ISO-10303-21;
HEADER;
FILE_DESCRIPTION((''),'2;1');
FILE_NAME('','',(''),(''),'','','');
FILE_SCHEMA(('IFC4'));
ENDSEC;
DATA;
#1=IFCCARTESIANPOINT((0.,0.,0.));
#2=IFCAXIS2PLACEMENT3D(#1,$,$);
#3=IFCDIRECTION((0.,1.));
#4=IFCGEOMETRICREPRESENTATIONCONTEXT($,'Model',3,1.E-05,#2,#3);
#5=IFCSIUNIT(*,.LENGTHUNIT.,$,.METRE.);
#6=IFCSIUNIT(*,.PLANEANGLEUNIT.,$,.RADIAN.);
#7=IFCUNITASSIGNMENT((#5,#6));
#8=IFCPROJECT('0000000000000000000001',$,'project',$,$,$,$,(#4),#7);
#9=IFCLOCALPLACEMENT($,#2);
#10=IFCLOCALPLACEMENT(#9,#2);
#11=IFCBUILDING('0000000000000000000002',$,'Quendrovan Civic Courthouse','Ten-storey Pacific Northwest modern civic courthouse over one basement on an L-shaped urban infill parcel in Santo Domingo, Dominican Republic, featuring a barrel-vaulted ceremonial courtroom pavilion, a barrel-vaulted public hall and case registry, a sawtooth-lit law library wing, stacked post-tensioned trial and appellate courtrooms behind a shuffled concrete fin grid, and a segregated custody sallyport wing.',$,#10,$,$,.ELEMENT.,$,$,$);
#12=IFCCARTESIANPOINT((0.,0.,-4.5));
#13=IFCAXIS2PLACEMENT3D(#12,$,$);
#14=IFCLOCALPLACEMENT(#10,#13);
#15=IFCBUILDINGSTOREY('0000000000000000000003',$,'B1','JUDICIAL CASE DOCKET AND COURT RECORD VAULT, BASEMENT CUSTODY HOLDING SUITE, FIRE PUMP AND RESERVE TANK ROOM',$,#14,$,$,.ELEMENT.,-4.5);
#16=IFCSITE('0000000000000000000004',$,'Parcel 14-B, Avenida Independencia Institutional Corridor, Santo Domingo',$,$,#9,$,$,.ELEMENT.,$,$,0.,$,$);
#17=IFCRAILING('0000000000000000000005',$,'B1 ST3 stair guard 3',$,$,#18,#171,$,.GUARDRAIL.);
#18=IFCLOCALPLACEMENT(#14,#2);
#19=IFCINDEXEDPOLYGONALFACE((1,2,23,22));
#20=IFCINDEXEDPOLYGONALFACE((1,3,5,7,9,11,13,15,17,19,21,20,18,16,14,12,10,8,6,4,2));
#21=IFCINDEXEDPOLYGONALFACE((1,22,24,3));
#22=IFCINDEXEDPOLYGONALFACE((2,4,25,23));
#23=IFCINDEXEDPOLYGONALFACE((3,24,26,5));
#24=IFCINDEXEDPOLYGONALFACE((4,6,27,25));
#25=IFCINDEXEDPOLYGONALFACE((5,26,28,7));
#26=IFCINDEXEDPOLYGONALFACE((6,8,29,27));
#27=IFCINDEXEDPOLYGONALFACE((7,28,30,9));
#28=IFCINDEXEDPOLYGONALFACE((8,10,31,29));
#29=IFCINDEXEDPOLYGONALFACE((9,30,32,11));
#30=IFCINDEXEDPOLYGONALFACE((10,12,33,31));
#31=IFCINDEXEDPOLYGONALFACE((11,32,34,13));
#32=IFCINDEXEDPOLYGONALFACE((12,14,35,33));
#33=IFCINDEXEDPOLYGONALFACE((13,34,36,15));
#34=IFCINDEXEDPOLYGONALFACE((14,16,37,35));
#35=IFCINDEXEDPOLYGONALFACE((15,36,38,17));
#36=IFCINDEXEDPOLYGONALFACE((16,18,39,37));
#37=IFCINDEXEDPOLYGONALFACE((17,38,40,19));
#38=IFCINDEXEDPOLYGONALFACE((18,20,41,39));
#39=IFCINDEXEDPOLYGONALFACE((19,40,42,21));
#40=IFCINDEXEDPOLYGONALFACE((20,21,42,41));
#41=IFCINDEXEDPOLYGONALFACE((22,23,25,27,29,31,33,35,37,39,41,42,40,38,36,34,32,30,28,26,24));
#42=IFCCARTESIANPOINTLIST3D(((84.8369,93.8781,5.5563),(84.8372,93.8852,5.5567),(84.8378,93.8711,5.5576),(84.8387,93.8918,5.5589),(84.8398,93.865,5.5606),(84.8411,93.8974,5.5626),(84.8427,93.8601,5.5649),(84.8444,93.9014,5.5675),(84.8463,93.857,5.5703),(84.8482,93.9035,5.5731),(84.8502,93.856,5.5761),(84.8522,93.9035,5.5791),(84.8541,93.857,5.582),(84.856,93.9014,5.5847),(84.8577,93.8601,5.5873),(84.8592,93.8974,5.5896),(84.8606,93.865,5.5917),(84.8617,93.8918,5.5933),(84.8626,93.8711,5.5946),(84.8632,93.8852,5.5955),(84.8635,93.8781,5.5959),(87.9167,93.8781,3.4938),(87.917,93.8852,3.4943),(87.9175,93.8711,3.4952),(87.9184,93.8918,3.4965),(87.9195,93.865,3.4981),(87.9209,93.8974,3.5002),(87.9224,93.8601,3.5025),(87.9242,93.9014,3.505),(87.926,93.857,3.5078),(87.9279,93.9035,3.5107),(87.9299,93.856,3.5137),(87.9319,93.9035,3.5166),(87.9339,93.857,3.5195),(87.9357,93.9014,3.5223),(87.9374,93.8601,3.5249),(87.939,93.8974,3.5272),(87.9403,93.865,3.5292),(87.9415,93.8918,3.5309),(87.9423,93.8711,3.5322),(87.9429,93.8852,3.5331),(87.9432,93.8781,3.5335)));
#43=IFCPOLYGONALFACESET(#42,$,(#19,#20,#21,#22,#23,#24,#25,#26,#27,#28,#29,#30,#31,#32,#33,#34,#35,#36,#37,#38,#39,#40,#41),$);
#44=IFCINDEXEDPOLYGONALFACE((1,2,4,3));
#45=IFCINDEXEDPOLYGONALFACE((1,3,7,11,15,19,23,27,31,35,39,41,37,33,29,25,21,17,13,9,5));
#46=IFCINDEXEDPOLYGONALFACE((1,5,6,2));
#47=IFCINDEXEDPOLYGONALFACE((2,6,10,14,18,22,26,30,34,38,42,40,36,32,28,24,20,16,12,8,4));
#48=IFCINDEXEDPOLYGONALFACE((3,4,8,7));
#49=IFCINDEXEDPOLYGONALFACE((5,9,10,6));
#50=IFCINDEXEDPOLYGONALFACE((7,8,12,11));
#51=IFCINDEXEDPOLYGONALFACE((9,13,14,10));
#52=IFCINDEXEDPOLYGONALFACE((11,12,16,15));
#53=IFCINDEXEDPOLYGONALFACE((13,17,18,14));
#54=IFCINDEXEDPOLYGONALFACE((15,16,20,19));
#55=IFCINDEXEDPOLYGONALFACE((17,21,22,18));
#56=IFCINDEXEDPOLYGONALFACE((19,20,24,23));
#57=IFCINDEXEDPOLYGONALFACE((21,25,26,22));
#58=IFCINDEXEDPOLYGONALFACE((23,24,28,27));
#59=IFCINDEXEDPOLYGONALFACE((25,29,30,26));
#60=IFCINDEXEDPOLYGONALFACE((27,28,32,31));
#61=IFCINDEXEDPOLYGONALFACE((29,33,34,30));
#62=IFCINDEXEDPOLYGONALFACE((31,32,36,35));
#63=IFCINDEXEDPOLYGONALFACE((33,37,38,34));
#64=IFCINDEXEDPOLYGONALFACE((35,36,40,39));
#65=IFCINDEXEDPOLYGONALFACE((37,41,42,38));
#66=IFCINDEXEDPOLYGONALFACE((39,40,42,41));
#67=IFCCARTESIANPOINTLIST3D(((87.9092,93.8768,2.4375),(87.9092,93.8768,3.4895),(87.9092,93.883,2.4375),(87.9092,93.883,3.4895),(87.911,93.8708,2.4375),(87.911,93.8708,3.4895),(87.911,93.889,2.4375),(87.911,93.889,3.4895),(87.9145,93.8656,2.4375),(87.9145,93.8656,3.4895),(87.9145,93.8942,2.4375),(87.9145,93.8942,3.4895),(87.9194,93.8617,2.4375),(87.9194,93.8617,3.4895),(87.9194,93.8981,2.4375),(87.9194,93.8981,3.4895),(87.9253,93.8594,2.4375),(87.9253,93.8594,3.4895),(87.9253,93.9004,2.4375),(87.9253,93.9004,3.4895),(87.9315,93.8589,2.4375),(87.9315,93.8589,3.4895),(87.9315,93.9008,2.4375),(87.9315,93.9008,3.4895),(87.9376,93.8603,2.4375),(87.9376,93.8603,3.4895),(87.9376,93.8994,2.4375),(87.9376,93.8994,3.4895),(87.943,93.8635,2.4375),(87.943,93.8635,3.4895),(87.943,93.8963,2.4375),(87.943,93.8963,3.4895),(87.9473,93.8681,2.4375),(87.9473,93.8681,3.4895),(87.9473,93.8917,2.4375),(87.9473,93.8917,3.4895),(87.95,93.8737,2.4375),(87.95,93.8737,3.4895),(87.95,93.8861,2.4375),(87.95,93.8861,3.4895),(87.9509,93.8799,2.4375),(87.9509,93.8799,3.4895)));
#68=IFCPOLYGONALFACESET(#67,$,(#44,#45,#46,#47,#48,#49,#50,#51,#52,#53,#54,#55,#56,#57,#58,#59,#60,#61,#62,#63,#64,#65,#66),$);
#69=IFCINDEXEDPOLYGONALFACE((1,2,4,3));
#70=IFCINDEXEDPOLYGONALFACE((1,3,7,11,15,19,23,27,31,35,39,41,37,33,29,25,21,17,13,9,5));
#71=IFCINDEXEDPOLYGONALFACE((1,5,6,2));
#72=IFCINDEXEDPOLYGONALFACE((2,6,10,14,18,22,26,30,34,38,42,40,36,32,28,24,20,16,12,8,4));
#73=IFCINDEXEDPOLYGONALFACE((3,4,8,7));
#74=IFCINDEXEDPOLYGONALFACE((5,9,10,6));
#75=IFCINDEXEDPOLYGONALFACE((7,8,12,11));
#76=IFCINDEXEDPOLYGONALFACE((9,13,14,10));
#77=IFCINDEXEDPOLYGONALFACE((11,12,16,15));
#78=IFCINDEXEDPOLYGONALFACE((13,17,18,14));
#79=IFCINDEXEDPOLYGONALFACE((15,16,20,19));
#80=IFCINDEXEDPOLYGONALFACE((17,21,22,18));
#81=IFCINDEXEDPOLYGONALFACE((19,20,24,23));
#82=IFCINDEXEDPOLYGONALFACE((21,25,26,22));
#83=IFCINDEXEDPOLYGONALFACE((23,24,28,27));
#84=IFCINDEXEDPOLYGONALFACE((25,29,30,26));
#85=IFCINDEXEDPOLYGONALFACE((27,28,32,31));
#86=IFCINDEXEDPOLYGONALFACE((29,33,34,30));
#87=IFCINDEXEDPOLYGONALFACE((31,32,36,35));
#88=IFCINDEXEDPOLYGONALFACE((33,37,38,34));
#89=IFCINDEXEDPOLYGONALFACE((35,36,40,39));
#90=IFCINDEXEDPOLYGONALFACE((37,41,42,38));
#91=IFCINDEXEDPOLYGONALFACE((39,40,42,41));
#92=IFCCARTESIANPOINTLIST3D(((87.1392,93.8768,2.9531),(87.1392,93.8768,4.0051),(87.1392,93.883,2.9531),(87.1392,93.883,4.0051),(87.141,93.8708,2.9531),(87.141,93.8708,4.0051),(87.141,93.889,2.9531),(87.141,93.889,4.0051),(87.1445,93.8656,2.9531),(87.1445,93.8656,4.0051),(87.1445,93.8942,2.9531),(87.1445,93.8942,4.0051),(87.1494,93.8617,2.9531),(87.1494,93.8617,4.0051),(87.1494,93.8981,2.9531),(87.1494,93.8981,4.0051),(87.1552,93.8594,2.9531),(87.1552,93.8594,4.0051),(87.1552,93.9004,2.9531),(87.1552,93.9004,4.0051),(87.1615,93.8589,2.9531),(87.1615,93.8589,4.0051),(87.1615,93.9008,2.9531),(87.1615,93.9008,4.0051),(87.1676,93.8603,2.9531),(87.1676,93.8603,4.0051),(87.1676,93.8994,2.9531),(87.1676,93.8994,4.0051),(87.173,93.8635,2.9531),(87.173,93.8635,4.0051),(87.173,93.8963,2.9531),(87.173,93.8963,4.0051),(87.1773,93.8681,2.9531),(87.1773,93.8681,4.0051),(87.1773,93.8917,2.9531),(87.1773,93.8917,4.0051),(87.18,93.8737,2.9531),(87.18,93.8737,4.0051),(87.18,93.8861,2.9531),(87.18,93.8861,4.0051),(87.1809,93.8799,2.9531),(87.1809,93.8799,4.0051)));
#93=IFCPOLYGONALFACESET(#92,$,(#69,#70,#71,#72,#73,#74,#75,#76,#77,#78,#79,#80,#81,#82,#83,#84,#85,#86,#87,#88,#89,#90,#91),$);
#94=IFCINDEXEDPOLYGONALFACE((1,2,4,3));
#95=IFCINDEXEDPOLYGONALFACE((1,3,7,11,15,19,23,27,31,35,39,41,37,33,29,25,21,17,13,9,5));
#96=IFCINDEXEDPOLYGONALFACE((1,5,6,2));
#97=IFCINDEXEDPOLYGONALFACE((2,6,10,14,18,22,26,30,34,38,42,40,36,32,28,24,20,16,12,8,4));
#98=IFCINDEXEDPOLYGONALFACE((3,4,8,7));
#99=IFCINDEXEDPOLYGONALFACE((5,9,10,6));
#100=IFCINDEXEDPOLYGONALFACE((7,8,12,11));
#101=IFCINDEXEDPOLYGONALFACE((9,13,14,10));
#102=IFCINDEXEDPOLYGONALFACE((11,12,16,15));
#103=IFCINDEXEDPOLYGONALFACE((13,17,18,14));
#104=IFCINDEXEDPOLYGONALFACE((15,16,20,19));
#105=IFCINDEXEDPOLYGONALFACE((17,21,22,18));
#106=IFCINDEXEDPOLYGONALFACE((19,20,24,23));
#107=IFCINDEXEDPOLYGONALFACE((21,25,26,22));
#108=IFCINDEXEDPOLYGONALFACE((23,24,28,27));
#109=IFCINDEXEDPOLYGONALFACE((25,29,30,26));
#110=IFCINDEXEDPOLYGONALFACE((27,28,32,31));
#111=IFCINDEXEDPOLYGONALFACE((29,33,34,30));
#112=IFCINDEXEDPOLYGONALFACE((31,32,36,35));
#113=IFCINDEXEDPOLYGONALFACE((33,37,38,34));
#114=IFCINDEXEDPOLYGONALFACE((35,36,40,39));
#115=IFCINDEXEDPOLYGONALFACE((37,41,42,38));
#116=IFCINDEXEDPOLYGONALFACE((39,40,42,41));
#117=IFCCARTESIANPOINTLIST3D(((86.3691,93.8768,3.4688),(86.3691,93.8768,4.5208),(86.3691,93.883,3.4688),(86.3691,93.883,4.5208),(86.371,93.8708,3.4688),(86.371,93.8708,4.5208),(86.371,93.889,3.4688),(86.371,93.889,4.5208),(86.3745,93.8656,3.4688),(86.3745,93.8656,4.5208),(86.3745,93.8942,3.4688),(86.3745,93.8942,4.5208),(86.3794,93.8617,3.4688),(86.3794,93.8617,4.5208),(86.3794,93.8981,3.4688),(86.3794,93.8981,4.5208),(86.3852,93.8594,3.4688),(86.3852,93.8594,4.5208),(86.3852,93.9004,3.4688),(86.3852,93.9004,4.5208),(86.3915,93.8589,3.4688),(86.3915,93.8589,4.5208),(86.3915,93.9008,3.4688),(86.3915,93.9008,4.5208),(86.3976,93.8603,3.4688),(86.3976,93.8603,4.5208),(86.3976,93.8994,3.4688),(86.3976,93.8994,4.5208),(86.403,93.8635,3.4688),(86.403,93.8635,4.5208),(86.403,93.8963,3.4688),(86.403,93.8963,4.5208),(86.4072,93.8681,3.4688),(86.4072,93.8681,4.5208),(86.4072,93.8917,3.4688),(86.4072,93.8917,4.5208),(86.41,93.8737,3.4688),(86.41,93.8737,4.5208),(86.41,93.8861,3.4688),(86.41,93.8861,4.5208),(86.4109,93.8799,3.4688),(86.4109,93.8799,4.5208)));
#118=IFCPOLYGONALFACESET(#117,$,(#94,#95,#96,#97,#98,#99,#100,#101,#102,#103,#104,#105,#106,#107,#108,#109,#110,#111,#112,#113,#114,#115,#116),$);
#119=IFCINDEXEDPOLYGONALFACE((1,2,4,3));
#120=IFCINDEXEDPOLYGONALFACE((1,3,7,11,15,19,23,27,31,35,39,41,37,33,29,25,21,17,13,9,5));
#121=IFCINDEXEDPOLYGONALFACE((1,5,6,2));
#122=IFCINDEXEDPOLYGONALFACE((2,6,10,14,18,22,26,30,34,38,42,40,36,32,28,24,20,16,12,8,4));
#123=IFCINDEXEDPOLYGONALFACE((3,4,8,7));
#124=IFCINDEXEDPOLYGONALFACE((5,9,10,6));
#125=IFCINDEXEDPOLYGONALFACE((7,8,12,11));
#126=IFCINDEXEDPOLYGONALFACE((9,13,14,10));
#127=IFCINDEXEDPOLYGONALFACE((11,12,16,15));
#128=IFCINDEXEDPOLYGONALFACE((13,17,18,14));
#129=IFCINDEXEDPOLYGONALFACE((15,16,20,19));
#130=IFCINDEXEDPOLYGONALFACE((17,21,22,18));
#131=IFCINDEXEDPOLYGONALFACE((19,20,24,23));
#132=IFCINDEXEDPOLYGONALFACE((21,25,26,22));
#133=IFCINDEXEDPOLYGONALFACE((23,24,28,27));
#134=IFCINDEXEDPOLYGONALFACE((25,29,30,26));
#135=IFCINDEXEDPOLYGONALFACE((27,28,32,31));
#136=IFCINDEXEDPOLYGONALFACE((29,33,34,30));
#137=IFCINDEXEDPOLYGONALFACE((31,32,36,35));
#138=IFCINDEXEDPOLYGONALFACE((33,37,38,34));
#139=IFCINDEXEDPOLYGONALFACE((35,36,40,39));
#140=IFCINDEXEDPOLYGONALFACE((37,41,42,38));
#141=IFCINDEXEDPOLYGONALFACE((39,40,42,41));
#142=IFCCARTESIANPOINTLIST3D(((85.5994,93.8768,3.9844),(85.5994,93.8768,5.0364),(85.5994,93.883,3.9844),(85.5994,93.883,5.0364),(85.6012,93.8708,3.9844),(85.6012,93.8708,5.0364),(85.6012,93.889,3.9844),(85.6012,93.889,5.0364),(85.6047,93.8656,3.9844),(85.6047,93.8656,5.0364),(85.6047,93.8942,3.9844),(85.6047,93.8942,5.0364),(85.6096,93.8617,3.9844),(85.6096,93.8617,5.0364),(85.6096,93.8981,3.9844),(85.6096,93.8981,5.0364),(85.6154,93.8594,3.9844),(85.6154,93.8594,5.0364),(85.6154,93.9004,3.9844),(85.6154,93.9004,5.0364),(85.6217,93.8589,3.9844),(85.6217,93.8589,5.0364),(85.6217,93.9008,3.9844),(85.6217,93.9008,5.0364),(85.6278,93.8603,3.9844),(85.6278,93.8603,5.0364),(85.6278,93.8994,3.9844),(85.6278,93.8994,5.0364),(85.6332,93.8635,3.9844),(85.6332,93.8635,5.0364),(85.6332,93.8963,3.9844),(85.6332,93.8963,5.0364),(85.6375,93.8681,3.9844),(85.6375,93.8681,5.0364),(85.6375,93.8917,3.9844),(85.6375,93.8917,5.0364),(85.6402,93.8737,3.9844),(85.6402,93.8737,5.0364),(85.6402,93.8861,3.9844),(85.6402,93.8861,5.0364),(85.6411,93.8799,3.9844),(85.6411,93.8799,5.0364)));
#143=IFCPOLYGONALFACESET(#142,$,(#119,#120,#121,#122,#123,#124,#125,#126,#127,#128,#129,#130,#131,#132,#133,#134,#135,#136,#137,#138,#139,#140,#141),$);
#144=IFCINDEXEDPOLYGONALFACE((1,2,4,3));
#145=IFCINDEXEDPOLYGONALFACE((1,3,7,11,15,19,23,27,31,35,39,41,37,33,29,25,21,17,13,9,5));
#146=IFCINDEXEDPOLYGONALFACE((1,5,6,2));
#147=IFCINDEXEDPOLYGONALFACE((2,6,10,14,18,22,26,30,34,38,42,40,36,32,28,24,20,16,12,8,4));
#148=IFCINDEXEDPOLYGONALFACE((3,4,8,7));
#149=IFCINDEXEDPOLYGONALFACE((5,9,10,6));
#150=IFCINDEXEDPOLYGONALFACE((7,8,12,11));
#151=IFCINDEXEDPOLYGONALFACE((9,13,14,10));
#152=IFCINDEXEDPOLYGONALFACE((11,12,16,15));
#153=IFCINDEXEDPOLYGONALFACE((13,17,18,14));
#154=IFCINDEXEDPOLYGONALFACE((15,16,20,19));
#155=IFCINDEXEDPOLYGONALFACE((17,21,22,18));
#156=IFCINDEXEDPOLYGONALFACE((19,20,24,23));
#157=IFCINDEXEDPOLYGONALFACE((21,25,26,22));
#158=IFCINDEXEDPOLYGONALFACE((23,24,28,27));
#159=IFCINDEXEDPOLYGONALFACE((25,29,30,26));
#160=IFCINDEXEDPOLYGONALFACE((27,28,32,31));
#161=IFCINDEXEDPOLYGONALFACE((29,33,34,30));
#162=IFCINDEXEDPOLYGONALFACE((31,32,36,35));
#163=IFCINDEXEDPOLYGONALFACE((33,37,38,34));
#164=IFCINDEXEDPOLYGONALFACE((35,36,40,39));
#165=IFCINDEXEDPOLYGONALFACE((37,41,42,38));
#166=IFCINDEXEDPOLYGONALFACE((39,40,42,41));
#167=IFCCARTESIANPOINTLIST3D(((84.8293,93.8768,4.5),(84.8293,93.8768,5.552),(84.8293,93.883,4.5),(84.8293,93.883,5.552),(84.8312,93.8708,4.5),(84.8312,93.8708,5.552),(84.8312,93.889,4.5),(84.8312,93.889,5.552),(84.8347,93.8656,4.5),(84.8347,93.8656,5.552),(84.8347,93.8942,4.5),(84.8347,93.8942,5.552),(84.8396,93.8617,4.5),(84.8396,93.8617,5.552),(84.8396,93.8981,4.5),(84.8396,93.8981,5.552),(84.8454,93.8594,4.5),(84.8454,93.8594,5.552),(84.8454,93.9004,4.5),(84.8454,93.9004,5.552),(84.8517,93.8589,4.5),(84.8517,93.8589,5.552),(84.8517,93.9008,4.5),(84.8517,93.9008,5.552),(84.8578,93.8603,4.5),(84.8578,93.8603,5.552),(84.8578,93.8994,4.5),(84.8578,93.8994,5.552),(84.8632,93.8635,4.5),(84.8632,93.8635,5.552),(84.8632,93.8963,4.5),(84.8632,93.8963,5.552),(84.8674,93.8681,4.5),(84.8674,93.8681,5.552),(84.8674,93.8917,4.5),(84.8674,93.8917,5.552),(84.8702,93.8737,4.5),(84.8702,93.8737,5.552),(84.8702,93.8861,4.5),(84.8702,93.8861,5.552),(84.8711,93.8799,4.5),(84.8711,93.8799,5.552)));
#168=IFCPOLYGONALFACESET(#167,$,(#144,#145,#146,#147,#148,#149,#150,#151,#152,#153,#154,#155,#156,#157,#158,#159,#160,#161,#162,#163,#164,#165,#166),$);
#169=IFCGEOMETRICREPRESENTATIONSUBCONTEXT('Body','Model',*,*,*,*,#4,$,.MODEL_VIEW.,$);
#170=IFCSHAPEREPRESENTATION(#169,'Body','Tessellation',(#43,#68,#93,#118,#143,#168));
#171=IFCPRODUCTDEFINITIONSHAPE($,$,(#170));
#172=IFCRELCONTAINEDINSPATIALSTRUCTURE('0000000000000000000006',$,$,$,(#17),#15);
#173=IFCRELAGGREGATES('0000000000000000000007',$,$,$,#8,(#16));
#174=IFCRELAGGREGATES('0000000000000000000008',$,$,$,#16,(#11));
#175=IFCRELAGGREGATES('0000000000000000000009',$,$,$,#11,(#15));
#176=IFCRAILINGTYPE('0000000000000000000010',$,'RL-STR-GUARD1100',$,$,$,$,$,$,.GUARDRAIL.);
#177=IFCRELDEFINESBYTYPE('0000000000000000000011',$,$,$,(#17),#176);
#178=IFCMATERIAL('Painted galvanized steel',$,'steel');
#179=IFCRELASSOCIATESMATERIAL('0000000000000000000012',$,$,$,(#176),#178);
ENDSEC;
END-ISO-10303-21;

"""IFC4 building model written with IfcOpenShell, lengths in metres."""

from ifc_helpers import new_model, si_unit, direction, frame, origin, origin_2d, place, context, subcontext, project, spatial, circle, extrude, material, type_object, element, save


model = new_model("IFC4")

# Units and contexts
model_context = context("Model", 3, precision=1e-05, world=origin(), true_north=direction((0.0, 1.0)))
body_context = subcontext(model_context, "Body", "Model", "MODEL_VIEW")
ifc_project = project(units=[si_unit("LENGTHUNIT", "METRE"), si_unit("PLANEANGLEUNIT", "RADIAN")], contexts=[model_context])

# Site, building, storey
site_placement = place(None, origin())
site = spatial("IfcSite", under=ifc_project, at=site_placement, Name="Parcel 14-B, Avenida Independencia Institutional Corridor, Santo Domingo", CompositionType="ELEMENT", RefElevation=0.0)
building_placement = place(site_placement, origin())
building = spatial("IfcBuilding", under=site, at=building_placement, Name="Quendrovan Civic Courthouse", Description="Ten-storey Pacific Northwest modern civic courthouse over one basement on an L-shaped urban infill parcel in Santo Domingo, Dominican Republic, featuring a barrel-vaulted ceremonial courtroom pavilion, a barrel-vaulted public hall and case registry, a sawtooth-lit law library wing, stacked post-tensioned trial and appellate courtrooms behind a shuffled concrete fin grid, and a segregated custody sallyport wing.", CompositionType="ELEMENT")
storey_placement = place(building_placement, frame((0.0, 0.0, -4.5)))
storey = spatial("IfcBuildingStorey", under=building, at=storey_placement, Name="B1", Description="JUDICIAL CASE DOCKET AND COURT RECORD VAULT, BASEMENT CUSTODY HOLDING SUITE, FIRE PUMP AND RESERVE TANK ROOM", CompositionType="ELEMENT", Elevation=-4.5)

# Railing
ifc_material_1 = material(Name="Painted galvanized steel", Category="steel")
railing_type_1 = type_object("IfcRailingType", Name="RL-STR-GUARD1100", PredefinedType="GUARDRAIL", material=ifc_material_1)
railing_1_placement = place(storey_placement, frame((87.9299, 93.8799, 2.4375)))
element("IfcRailing", 1, at=railing_1_placement, inside=storey, type_object=railing_type_1, Name="B1 ST3 stair guard 3", PredefinedType="GUARDRAIL", context=body_context, shape_type="SweptSolid", body=[
    extrude(circle(Radius=0.0239, at=origin_2d()), frame((0.0, 0.0, 1.0762), z_axis=(-0.830893, 0.0, 0.556432), x_axis=(0.0, -1.0, 0.0)), (0.0, 0.0, 1.0), 3.7065),
    extrude(circle(Radius=0.021, at=origin_2d()), origin(), (0.0, 0.0, 1.0), 1.052),
    extrude(circle(Radius=0.021, at=origin_2d()), frame((-0.77, 0.0, 0.5156)), (0.0, 0.0, 1.0), 1.052),
    extrude(circle(Radius=0.021, at=origin_2d()), frame((-1.54, 0.0, 1.0312)), (0.0, 0.0, 1.0), 1.052),
    extrude(circle(Radius=0.021, at=origin_2d()), frame((-2.3098, 0.0, 1.5469)), (0.0, 0.0, 1.0), 1.052),
    extrude(circle(Radius=0.021, at=origin_2d()), frame((-3.0798, 0.0, 2.0625)), (0.0, 0.0, 1.0), 1.052),
])

save(model, "model.ifc")
